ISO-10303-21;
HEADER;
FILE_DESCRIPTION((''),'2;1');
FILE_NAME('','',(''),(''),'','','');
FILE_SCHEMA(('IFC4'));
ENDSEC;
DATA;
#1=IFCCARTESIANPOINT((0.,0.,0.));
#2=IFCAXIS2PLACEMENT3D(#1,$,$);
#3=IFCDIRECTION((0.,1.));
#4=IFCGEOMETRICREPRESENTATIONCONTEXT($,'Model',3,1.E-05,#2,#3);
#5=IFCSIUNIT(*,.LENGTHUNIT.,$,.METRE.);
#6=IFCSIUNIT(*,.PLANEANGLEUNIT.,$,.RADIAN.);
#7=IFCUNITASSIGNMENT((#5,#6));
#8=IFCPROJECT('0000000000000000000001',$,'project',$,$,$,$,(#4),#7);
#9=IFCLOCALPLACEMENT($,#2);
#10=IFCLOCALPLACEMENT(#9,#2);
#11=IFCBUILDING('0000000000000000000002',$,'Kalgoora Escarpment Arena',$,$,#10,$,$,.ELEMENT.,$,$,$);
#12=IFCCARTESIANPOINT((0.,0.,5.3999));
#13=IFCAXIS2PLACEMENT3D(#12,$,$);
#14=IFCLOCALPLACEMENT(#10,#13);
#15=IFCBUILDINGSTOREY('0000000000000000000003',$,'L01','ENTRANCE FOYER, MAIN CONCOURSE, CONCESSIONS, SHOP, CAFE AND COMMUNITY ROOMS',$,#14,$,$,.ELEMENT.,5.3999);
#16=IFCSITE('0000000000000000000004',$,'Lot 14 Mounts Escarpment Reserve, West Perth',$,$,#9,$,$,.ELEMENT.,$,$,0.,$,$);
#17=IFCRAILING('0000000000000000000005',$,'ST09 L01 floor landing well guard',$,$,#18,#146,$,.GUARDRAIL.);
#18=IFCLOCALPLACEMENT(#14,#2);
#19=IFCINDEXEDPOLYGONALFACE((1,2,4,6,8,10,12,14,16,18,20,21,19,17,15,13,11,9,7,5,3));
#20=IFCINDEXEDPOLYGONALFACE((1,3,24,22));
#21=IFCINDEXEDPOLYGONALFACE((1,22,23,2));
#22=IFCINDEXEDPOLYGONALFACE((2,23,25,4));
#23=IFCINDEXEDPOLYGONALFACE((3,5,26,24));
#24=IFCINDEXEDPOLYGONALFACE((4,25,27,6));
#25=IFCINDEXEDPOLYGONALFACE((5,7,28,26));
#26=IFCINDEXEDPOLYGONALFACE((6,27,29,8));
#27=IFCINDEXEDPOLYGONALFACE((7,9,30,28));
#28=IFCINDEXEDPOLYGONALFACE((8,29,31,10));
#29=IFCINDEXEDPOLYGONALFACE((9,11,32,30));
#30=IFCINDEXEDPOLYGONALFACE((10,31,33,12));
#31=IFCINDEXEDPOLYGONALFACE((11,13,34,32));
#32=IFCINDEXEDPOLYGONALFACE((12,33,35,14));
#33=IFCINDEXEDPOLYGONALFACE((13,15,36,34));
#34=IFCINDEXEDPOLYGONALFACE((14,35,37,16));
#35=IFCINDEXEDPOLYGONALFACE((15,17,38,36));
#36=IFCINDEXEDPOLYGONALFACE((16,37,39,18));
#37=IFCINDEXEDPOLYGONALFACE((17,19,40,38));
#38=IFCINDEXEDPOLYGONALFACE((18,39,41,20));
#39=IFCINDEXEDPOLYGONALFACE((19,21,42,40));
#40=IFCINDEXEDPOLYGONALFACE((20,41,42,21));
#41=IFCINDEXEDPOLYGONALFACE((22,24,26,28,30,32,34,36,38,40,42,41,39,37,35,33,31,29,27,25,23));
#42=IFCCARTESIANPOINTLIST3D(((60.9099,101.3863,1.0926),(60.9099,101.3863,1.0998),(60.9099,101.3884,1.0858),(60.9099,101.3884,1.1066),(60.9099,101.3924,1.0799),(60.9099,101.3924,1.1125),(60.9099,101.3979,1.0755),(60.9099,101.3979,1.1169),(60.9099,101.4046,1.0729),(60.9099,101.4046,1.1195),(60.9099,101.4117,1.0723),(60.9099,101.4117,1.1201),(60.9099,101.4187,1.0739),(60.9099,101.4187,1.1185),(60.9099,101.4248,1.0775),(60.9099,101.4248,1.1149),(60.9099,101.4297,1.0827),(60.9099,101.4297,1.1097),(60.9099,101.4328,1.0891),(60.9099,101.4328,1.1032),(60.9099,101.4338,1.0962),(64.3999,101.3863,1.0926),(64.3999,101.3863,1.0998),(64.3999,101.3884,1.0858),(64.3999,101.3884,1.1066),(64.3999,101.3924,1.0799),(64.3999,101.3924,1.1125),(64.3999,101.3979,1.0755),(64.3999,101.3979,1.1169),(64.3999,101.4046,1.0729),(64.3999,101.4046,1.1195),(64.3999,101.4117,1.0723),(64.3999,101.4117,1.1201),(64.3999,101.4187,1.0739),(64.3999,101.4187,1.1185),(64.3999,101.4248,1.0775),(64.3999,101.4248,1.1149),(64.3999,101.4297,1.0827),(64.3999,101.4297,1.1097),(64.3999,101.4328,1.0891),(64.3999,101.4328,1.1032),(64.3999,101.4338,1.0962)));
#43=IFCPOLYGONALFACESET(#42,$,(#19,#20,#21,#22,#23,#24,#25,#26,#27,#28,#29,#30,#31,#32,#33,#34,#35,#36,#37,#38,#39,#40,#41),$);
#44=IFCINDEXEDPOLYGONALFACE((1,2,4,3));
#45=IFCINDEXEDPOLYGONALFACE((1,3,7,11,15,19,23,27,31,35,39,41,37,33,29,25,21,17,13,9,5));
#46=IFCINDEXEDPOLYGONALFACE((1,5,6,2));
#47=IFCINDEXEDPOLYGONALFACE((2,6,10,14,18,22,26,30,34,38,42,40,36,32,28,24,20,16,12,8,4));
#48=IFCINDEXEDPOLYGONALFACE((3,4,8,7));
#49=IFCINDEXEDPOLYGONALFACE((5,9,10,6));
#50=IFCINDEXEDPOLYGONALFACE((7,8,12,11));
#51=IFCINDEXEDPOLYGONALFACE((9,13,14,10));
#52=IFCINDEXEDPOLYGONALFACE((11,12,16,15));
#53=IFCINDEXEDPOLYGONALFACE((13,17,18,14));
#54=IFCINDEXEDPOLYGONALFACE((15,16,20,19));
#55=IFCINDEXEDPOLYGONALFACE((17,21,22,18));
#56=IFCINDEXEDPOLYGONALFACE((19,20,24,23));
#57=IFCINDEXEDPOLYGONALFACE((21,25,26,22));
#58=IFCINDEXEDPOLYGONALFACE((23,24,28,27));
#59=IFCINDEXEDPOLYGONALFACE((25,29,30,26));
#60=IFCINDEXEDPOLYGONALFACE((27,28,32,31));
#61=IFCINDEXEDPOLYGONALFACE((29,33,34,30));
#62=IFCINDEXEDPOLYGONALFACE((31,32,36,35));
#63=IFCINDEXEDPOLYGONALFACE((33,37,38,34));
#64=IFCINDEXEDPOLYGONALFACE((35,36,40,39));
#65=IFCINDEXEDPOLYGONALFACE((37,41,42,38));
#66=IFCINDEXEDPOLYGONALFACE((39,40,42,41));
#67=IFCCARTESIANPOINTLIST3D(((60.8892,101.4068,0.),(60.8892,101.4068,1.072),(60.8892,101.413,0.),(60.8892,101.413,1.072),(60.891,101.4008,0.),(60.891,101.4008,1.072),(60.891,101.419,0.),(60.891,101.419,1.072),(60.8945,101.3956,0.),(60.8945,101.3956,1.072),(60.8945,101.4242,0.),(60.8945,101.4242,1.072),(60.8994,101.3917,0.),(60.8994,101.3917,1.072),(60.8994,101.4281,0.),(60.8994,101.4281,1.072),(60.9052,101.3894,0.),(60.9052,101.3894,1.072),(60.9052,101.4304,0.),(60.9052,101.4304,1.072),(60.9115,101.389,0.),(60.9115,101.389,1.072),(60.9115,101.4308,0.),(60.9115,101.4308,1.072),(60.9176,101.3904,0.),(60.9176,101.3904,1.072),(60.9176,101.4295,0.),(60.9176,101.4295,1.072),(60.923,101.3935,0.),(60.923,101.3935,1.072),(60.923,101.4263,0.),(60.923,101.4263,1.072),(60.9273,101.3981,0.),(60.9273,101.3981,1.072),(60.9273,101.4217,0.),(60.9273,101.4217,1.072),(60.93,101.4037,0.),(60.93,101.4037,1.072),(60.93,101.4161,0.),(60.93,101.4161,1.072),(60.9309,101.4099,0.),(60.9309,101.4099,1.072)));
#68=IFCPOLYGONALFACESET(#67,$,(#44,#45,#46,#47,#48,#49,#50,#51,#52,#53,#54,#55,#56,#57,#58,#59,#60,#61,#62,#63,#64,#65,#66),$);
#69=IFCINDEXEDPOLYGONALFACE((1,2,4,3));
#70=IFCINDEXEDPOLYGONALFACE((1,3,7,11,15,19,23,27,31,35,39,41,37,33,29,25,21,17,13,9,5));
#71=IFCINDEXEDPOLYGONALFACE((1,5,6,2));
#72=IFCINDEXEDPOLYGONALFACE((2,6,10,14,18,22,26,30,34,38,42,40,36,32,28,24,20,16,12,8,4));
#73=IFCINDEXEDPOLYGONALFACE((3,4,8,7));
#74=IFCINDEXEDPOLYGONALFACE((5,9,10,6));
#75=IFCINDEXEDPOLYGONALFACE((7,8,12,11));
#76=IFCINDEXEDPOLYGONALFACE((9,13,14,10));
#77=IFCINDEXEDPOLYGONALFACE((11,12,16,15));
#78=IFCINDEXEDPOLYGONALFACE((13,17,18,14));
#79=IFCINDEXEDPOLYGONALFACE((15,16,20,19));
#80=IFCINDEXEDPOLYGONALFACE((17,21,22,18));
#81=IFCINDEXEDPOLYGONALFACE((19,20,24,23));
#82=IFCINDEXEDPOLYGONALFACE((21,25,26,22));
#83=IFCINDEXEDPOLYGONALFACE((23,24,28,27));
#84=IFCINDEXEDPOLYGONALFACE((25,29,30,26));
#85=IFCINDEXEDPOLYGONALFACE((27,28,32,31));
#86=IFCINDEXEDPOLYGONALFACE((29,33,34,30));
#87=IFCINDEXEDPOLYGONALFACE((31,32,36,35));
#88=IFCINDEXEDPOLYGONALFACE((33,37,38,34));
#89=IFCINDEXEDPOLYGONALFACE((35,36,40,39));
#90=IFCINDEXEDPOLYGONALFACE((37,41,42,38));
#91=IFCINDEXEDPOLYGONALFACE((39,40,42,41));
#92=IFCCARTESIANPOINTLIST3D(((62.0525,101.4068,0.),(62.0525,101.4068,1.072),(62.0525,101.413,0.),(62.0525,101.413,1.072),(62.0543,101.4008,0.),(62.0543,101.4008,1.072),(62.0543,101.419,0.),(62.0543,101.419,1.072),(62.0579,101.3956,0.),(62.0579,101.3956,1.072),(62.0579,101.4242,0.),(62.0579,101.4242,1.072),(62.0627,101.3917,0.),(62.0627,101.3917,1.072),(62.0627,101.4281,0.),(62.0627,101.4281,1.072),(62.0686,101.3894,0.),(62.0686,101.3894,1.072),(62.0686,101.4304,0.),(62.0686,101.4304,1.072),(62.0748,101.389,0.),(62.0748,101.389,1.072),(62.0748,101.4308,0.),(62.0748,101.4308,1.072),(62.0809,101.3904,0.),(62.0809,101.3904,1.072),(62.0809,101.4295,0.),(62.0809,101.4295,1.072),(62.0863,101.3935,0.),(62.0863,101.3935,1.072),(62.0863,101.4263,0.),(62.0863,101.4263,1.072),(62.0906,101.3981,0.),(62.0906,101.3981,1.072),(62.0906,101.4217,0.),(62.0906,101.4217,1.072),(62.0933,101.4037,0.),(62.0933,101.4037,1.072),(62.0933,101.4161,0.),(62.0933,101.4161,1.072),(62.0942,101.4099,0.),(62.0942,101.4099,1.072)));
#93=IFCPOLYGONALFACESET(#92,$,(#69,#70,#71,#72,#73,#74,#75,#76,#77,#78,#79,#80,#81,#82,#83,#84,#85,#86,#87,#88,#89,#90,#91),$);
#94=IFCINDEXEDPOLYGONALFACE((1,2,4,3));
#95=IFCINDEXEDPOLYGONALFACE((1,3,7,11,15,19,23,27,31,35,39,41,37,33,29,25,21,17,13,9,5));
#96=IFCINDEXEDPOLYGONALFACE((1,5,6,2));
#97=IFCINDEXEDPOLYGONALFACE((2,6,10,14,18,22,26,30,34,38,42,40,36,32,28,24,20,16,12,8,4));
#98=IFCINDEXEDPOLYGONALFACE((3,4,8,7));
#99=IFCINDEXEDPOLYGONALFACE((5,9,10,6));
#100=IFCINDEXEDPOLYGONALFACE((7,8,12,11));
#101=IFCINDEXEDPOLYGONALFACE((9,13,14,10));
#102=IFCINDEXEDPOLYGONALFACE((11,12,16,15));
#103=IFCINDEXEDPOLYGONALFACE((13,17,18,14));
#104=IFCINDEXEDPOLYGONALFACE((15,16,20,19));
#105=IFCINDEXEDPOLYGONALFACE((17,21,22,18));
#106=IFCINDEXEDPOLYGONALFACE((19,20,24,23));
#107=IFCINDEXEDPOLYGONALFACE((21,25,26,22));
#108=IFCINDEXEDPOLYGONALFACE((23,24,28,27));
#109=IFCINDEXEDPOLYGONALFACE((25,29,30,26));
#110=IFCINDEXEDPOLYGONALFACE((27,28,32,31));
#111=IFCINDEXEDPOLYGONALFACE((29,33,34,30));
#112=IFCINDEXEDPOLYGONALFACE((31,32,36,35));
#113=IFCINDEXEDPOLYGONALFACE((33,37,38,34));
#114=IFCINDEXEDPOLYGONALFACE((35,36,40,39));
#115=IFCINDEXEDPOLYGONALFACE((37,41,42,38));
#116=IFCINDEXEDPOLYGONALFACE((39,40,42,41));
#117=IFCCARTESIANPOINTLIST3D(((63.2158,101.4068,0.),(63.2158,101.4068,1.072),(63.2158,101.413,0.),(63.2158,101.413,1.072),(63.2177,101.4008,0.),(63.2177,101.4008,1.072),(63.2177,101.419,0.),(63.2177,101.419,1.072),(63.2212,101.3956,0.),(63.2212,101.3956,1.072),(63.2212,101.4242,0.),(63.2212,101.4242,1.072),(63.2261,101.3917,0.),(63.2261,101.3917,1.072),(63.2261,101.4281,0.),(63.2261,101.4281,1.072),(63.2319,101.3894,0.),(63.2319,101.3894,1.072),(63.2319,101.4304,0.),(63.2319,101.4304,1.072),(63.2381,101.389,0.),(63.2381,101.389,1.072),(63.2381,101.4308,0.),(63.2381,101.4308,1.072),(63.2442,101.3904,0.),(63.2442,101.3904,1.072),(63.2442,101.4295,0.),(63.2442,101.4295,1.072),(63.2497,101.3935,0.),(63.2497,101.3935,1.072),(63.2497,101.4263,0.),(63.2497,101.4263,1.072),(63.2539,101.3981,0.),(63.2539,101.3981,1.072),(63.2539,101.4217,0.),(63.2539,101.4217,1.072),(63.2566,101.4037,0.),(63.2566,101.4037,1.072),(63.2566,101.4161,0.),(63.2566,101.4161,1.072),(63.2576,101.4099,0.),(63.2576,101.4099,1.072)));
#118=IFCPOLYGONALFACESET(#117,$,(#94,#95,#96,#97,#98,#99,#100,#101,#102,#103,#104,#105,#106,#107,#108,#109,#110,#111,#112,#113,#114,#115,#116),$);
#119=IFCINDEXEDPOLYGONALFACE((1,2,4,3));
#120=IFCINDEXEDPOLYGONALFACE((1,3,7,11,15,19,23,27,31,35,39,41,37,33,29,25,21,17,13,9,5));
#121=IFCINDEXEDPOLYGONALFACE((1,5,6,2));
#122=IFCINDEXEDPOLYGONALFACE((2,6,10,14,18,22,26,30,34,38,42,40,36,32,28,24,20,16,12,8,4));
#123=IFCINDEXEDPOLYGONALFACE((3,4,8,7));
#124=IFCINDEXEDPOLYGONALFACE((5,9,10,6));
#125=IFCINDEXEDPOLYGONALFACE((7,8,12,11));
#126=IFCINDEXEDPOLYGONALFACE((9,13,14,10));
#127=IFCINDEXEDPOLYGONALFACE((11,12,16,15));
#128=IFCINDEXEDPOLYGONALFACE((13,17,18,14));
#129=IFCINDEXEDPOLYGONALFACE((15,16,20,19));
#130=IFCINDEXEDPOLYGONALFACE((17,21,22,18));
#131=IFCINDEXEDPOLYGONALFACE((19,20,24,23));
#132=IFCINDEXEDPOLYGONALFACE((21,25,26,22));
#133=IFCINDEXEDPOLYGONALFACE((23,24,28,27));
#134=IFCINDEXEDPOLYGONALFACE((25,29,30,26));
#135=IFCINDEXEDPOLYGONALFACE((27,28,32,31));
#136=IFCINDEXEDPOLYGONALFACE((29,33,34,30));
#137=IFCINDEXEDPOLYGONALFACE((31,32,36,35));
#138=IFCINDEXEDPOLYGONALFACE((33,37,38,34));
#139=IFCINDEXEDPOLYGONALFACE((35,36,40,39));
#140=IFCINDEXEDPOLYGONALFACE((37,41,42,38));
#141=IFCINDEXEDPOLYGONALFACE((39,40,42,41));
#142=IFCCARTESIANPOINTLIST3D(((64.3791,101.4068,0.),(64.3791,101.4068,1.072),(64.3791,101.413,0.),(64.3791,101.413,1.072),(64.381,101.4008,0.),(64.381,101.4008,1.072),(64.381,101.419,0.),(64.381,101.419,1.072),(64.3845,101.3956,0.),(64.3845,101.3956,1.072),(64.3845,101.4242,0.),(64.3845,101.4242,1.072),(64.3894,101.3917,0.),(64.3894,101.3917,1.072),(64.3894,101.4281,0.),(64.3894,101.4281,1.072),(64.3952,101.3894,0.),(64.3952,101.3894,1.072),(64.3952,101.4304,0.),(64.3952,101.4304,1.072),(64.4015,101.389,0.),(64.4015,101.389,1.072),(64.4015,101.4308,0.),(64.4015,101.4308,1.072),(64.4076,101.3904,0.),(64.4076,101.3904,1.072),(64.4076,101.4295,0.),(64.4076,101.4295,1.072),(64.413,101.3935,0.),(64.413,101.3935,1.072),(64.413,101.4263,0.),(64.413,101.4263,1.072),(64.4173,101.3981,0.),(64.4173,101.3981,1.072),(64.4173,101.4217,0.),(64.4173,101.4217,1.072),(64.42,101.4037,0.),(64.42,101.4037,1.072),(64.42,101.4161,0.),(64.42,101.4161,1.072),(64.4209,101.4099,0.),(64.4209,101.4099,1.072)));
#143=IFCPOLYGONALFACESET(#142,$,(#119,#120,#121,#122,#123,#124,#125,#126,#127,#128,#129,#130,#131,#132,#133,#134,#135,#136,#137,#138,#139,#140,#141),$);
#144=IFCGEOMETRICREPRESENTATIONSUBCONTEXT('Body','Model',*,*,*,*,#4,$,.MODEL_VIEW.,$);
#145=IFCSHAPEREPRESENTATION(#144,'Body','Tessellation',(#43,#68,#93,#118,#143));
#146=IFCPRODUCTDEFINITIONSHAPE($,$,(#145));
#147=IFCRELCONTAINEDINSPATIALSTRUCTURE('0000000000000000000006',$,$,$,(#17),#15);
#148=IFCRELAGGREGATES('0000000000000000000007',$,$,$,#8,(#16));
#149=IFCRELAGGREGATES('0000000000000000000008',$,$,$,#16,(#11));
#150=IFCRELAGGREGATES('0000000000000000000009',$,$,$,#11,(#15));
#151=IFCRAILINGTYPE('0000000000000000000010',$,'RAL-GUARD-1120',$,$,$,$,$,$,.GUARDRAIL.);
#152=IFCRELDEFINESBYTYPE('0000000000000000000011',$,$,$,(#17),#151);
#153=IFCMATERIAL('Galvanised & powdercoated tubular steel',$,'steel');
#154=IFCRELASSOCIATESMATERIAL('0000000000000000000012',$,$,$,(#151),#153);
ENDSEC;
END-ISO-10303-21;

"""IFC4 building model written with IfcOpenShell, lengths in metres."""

from ifc_helpers import new_model, si_unit, direction, frame, origin, origin_2d, place, context, subcontext, project, spatial, circle, extrude, material, type_object, element, save


model = new_model("IFC4")

# Units and contexts
model_context = context("Model", 3, precision=1e-05, world=origin(), true_north=direction((0.0, 1.0)))
body_context = subcontext(model_context, "Body", "Model", "MODEL_VIEW")
ifc_project = project(units=[si_unit("LENGTHUNIT", "METRE"), si_unit("PLANEANGLEUNIT", "RADIAN")], contexts=[model_context])

# Site, building, storey
site_placement = place(None, origin())
site = spatial("IfcSite", under=ifc_project, at=site_placement, Name="Lot 14 Mounts Escarpment Reserve, West Perth", CompositionType="ELEMENT", RefElevation=0.0)
building_placement = place(site_placement, origin())
building = spatial("IfcBuilding", under=site, at=building_placement, Name="Kalgoora Escarpment Arena", CompositionType="ELEMENT")
storey_placement = place(building_placement, frame((0.0, 0.0, 5.3999)))
storey = spatial("IfcBuildingStorey", under=building, at=storey_placement, Name="L01", Description="ENTRANCE FOYER, MAIN CONCOURSE, CONCESSIONS, SHOP, CAFE AND COMMUNITY ROOMS", CompositionType="ELEMENT", Elevation=5.3999)

# Railing
ifc_material_1 = material(Name="Galvanised & powdercoated tubular steel", Category="steel")
railing_type_1 = type_object("IfcRailingType", Name="RAL-GUARD-1120", PredefinedType="GUARDRAIL", material=ifc_material_1)
railing_1_placement = place(storey_placement, frame((60.9099, 101.4099, 0.0)))
element("IfcRailing", 1, at=railing_1_placement, inside=storey, type_object=railing_type_1, Name="ST09 L01 floor landing well guard", PredefinedType="GUARDRAIL", context=body_context, shape_type="SweptSolid", body=[
    extrude(circle(Radius=0.0239, at=origin_2d()), frame((0.0, 0.0, 1.0962), z_axis=(1.0, 0.0, 0.0), x_axis=(0.0, 1.0, 0.0)), (0.0, 0.0, 1.0), 3.49),
    extrude(circle(Radius=0.021, at=origin_2d()), origin(), (0.0, 0.0, 1.0), 1.072),
    extrude(circle(Radius=0.021, at=origin_2d()), frame((1.1633, 0.0, 0.0)), (0.0, 0.0, 1.0), 1.072),
    extrude(circle(Radius=0.021, at=origin_2d()), frame((2.3267, 0.0, 0.0)), (0.0, 0.0, 1.0), 1.072),
    extrude(circle(Radius=0.021, at=origin_2d()), frame((3.49, 0.0, 0.0)), (0.0, 0.0, 1.0), 1.072),
])

save(model, "model.ifc")
